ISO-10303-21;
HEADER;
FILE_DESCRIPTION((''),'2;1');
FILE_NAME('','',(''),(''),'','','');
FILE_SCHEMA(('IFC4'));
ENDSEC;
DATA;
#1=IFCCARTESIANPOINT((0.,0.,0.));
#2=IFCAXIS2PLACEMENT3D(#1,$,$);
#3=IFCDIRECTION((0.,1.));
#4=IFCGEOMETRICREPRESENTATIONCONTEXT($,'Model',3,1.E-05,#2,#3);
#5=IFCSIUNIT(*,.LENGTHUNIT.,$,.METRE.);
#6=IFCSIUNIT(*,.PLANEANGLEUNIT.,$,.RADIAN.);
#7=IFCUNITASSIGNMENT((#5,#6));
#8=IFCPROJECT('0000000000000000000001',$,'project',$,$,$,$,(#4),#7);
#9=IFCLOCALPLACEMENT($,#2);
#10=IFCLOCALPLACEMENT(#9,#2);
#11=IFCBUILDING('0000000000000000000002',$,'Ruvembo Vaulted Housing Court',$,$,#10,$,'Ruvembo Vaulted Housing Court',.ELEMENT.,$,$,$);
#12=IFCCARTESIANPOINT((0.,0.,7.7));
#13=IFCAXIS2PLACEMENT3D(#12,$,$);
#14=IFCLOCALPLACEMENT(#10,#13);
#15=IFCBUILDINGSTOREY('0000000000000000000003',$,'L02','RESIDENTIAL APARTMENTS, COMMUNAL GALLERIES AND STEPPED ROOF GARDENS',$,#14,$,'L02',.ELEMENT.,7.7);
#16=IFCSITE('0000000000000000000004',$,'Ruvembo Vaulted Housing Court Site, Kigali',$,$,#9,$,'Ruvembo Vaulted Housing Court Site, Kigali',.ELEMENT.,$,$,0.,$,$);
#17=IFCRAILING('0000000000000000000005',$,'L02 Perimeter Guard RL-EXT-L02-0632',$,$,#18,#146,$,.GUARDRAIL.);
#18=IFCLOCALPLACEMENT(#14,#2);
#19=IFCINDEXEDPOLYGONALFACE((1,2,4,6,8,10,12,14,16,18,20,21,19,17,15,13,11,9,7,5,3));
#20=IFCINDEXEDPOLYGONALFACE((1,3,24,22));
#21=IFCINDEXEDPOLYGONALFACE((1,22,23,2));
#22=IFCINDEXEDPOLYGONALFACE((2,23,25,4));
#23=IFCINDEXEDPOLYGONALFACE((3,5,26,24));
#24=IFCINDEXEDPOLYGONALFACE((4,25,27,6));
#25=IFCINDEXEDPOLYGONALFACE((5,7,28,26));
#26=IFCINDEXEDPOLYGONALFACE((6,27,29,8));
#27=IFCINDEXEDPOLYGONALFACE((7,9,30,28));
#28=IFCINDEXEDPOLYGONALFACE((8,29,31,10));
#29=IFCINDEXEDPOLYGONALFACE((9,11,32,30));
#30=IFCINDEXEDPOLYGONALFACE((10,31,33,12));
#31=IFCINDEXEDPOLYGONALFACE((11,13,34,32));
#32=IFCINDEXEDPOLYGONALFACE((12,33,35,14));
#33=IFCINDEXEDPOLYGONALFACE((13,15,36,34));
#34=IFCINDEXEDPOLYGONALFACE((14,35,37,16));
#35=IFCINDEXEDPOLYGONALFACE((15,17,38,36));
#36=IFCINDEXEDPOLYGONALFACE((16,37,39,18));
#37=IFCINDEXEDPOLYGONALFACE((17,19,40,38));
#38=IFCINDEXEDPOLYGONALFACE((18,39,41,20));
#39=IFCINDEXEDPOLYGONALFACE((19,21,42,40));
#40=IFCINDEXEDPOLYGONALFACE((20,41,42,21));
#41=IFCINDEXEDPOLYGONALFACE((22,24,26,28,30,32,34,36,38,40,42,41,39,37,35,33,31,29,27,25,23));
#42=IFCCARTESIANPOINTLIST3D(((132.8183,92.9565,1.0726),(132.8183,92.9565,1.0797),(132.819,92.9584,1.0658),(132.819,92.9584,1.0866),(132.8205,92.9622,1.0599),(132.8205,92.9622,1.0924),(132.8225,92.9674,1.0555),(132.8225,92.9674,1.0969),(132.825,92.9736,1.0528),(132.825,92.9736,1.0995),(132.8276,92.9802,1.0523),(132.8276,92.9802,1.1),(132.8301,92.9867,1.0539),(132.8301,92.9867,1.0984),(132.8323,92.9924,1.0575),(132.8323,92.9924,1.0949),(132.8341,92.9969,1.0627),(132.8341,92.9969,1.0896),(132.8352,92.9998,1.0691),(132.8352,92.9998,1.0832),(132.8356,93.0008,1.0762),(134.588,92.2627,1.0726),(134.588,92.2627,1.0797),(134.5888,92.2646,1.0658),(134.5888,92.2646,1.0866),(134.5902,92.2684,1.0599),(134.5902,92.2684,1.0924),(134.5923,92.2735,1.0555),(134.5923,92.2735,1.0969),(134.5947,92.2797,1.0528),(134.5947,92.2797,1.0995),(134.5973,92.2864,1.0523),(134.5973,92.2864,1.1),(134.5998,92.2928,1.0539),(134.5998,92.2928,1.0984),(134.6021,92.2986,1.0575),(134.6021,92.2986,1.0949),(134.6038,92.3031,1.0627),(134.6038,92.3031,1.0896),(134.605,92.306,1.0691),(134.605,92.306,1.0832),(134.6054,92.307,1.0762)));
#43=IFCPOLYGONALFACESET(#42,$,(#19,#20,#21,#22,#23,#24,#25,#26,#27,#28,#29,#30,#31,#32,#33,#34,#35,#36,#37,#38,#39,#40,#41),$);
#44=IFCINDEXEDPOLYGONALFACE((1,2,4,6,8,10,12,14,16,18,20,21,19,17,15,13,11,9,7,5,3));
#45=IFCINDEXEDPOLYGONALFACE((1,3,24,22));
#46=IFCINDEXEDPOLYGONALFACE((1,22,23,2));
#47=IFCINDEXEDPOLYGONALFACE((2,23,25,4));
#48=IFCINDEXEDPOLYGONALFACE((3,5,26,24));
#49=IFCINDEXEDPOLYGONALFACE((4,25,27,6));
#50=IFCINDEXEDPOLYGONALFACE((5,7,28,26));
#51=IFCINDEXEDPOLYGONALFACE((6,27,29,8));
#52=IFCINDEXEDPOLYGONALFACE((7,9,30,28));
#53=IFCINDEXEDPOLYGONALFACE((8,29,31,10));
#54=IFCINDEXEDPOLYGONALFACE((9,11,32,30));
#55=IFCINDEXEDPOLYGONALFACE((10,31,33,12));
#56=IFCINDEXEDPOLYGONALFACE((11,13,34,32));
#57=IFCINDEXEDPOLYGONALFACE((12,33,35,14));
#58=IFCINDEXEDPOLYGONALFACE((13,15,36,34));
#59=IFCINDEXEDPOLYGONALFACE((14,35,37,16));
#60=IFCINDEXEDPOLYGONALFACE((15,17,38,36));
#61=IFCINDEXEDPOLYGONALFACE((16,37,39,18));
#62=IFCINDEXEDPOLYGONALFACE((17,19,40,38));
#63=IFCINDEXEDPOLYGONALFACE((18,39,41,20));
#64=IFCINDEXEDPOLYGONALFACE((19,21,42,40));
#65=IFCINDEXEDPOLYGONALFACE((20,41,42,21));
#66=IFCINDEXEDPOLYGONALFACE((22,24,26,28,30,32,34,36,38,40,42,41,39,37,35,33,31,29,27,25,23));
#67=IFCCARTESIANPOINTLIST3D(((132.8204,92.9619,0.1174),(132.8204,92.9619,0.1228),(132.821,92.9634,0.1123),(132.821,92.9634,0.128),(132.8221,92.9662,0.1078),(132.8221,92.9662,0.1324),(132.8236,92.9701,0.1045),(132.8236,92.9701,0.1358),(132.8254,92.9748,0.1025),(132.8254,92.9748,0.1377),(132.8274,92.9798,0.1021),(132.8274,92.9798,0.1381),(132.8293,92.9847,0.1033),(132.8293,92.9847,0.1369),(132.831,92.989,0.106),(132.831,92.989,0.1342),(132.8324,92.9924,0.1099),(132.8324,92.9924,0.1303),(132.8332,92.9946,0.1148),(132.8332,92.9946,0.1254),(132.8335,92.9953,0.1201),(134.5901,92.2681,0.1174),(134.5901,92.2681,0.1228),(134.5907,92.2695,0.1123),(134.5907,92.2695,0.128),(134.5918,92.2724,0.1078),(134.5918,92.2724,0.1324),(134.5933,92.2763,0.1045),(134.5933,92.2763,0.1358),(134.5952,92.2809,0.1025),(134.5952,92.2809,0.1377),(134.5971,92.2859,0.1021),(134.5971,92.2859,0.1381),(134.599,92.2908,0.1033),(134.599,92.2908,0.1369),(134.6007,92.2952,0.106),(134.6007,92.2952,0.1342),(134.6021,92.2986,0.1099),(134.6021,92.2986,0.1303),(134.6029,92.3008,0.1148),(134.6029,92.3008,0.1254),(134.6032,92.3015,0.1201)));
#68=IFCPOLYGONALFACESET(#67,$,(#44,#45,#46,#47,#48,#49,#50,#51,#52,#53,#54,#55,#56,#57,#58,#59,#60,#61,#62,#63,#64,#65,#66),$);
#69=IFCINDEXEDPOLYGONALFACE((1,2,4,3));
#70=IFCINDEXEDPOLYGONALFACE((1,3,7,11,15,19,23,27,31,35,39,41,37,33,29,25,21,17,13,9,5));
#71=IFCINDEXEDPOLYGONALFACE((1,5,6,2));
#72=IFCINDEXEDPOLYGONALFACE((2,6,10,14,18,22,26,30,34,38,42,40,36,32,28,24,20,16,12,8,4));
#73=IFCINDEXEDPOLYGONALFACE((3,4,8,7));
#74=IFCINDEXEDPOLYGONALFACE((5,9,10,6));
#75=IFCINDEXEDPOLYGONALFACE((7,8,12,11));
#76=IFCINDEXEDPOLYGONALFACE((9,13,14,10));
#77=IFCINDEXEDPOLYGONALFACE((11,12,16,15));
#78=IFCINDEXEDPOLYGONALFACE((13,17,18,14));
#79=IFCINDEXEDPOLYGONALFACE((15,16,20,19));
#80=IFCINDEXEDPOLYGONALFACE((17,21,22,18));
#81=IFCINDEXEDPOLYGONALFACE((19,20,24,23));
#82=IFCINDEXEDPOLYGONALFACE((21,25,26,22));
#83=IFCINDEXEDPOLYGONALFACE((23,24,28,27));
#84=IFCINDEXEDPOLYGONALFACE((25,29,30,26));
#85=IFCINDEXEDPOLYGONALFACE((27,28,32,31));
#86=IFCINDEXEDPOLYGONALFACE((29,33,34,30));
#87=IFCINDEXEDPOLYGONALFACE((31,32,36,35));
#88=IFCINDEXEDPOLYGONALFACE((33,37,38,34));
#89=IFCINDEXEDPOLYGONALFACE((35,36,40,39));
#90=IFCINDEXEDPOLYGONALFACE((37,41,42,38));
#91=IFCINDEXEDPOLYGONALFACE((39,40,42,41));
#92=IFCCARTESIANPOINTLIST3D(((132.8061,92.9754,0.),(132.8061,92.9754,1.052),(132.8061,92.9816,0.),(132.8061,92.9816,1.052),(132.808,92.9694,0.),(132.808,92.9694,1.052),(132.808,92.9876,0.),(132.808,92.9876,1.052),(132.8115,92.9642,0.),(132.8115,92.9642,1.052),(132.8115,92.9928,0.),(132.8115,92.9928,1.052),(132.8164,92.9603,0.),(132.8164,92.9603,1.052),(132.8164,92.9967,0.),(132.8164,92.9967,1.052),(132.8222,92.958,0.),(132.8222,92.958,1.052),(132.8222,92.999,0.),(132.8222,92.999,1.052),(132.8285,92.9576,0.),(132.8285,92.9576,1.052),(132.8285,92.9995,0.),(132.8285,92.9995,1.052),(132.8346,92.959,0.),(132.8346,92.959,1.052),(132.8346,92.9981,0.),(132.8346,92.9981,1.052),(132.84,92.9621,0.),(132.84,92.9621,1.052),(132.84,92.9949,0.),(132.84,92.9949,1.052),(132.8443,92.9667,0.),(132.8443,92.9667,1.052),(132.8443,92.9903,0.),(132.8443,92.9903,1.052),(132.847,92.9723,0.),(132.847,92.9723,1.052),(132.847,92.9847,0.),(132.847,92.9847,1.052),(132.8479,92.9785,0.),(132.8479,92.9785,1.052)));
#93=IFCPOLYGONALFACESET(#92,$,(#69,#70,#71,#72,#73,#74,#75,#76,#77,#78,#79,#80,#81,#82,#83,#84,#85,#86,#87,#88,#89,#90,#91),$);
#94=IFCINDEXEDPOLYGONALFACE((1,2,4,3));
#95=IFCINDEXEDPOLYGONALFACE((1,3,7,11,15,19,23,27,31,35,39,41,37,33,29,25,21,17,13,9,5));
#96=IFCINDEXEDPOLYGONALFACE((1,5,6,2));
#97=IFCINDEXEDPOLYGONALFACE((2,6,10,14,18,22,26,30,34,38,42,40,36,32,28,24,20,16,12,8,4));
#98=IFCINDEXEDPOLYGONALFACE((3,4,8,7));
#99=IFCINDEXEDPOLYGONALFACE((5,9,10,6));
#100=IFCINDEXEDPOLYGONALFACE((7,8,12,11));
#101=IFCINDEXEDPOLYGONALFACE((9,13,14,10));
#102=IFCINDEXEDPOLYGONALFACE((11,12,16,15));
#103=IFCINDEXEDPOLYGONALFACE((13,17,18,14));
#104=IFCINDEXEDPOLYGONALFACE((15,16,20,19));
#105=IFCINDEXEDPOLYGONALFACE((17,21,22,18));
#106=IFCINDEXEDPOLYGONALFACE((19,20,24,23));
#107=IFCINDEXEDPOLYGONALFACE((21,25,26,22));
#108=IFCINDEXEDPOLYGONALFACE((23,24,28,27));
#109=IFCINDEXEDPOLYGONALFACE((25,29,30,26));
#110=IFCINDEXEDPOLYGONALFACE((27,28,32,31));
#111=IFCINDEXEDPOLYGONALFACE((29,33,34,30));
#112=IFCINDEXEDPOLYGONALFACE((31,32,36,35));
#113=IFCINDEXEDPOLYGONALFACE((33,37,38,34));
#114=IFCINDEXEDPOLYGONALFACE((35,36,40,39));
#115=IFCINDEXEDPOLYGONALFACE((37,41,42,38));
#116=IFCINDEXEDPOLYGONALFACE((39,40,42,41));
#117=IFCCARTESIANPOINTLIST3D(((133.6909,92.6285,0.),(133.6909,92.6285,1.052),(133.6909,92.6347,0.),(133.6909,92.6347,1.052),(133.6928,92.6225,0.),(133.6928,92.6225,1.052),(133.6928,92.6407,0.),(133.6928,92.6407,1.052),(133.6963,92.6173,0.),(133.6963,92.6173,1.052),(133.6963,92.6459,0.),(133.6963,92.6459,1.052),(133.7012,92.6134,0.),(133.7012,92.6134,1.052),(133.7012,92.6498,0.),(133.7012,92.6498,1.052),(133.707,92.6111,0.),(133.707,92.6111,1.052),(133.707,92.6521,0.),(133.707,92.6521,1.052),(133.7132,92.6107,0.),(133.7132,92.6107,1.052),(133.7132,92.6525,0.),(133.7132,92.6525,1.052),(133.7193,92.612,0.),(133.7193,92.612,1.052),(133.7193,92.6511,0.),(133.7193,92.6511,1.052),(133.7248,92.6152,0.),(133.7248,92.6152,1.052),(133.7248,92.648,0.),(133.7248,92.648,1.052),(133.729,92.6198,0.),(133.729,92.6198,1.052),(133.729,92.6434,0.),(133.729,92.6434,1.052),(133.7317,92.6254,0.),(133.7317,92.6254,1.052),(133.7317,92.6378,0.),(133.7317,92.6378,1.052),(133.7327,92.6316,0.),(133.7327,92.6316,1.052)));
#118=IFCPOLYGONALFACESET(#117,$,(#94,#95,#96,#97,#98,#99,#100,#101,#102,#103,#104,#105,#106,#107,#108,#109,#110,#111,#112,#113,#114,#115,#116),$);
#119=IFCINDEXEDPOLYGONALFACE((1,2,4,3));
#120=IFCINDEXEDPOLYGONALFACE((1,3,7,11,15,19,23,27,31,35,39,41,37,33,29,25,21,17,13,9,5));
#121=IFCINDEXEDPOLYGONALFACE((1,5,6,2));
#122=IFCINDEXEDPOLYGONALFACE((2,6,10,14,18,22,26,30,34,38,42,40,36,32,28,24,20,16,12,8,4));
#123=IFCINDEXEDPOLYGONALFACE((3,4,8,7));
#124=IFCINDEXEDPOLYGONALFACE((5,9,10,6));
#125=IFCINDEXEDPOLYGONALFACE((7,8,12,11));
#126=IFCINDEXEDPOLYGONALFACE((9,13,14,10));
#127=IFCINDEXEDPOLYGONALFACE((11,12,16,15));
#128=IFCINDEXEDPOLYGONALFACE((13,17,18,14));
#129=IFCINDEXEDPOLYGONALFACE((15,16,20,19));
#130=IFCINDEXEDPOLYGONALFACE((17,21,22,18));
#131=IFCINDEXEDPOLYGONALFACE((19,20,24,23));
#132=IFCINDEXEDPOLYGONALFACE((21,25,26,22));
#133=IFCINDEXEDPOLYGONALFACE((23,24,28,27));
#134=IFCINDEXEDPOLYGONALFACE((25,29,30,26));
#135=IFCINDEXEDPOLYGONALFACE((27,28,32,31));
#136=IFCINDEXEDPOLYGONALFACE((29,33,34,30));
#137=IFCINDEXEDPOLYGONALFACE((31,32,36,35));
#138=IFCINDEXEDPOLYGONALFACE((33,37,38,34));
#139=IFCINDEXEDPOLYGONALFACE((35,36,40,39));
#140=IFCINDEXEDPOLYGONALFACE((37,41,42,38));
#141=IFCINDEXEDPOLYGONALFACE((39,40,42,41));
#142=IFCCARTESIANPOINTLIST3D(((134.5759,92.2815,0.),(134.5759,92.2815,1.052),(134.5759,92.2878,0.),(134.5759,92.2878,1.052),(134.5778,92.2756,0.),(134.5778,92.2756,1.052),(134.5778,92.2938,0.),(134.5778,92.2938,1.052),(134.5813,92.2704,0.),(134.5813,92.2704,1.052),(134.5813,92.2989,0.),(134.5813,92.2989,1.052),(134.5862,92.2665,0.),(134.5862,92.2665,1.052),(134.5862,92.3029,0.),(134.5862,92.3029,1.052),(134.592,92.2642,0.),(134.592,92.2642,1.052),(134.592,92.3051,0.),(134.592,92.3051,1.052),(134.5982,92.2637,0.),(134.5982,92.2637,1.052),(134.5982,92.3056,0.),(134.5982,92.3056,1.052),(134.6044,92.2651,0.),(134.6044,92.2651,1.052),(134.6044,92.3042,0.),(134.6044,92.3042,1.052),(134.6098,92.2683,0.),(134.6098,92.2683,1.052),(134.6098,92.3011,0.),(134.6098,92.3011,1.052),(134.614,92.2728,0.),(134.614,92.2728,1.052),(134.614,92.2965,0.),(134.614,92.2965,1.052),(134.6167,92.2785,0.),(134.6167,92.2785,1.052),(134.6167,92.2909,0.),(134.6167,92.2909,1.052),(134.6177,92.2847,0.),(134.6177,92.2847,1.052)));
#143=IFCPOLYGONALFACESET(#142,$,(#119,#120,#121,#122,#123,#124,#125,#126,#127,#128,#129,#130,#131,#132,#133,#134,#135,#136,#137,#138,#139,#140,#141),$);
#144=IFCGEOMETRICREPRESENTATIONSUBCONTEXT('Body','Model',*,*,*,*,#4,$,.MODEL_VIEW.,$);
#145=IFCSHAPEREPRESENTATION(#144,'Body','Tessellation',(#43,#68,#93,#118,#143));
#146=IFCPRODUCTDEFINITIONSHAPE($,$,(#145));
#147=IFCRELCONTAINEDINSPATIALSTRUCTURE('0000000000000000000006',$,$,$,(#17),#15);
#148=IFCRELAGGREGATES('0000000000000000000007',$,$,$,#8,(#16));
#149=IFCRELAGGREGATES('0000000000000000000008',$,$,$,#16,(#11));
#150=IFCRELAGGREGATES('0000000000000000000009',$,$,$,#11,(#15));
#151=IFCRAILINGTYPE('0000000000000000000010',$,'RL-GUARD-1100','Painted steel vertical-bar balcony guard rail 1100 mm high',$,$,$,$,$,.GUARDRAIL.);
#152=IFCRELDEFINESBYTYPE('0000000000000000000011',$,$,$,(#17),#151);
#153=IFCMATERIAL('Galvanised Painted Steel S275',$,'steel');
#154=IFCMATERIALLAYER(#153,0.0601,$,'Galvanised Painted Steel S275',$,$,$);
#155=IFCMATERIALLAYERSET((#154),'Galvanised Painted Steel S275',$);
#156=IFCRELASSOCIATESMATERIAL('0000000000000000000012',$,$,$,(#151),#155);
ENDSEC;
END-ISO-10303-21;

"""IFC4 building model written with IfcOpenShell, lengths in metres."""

from ifc_helpers import new_model, si_unit, direction, frame, origin, origin_2d, place, context, subcontext, project, spatial, circle, extrude, material, layer, layer_set, type_object, element, save


model = new_model("IFC4")

# Units and contexts
model_context = context("Model", 3, precision=1e-05, world=origin(), true_north=direction((0.0, 1.0)))
body_context = subcontext(model_context, "Body", "Model", "MODEL_VIEW")
ifc_project = project(units=[si_unit("LENGTHUNIT", "METRE"), si_unit("PLANEANGLEUNIT", "RADIAN")], contexts=[model_context])

# Site, building, storey
site_placement = place(None, origin())
site = spatial("IfcSite", under=ifc_project, at=site_placement, Name="Ruvembo Vaulted Housing Court Site, Kigali", LongName="Ruvembo Vaulted Housing Court Site, Kigali", CompositionType="ELEMENT", RefElevation=0.0)
building_placement = place(site_placement, origin())
building = spatial("IfcBuilding", under=site, at=building_placement, Name="Ruvembo Vaulted Housing Court", LongName="Ruvembo Vaulted Housing Court", CompositionType="ELEMENT")
storey_placement = place(building_placement, frame((0.0, 0.0, 7.7)))
storey = spatial("IfcBuildingStorey", under=building, at=storey_placement, Name="L02", Description="RESIDENTIAL APARTMENTS, COMMUNAL GALLERIES AND STEPPED ROOF GARDENS", LongName="L02", CompositionType="ELEMENT", Elevation=7.7)

# Railing
ifc_material_1 = material(Name="Galvanised Painted Steel S275", Category="steel")
ifc_layer = layer(ifc_material_1, 0.0601, Name="Galvanised Painted Steel S275")
ifc_layer_set = layer_set([ifc_layer], Name="Galvanised Painted Steel S275")
railing_type = type_object("IfcRailingType", Name="RL-GUARD-1100", Description="Painted steel vertical-bar balcony guard rail 1100 mm high", PredefinedType="GUARDRAIL", material=ifc_layer_set)
railing_1_placement = place(storey_placement, frame((132.8269, 92.9785, 0.0)))
element("IfcRailing", 1, at=railing_1_placement, inside=storey, type_object=railing_type, Name="L02 Perimeter Guard RL-EXT-L02-0632", PredefinedType="GUARDRAIL", context=body_context, shape_type="SweptSolid", body=[
    extrude(circle(Radius=0.0239, at=origin_2d()), frame((0.0, 0.0, 1.0762), z_axis=(0.931006, -0.365005, 0.0), x_axis=(0.365005, 0.931006, 0.0)), (0.0, 0.0, 1.0), 1.9009),
    extrude(circle(Radius=0.0181, at=origin_2d()), frame((0.0, 0.0, 0.1201), z_axis=(0.931006, -0.365005, 0.0), x_axis=(0.365005, 0.931006, 0.0)), (0.0, 0.0, 1.0), 1.9009),
    extrude(circle(Radius=0.021, at=origin_2d()), origin(), (0.0, 0.0, 1.0), 1.052),
    extrude(circle(Radius=0.021, at=origin_2d()), frame((0.8848, -0.3469, 0.0)), (0.0, 0.0, 1.0), 1.052),
    extrude(circle(Radius=0.021, at=origin_2d()), frame((1.7698, -0.6938, 0.0)), (0.0, 0.0, 1.0), 1.052),
])

save(model, "model.ifc")
